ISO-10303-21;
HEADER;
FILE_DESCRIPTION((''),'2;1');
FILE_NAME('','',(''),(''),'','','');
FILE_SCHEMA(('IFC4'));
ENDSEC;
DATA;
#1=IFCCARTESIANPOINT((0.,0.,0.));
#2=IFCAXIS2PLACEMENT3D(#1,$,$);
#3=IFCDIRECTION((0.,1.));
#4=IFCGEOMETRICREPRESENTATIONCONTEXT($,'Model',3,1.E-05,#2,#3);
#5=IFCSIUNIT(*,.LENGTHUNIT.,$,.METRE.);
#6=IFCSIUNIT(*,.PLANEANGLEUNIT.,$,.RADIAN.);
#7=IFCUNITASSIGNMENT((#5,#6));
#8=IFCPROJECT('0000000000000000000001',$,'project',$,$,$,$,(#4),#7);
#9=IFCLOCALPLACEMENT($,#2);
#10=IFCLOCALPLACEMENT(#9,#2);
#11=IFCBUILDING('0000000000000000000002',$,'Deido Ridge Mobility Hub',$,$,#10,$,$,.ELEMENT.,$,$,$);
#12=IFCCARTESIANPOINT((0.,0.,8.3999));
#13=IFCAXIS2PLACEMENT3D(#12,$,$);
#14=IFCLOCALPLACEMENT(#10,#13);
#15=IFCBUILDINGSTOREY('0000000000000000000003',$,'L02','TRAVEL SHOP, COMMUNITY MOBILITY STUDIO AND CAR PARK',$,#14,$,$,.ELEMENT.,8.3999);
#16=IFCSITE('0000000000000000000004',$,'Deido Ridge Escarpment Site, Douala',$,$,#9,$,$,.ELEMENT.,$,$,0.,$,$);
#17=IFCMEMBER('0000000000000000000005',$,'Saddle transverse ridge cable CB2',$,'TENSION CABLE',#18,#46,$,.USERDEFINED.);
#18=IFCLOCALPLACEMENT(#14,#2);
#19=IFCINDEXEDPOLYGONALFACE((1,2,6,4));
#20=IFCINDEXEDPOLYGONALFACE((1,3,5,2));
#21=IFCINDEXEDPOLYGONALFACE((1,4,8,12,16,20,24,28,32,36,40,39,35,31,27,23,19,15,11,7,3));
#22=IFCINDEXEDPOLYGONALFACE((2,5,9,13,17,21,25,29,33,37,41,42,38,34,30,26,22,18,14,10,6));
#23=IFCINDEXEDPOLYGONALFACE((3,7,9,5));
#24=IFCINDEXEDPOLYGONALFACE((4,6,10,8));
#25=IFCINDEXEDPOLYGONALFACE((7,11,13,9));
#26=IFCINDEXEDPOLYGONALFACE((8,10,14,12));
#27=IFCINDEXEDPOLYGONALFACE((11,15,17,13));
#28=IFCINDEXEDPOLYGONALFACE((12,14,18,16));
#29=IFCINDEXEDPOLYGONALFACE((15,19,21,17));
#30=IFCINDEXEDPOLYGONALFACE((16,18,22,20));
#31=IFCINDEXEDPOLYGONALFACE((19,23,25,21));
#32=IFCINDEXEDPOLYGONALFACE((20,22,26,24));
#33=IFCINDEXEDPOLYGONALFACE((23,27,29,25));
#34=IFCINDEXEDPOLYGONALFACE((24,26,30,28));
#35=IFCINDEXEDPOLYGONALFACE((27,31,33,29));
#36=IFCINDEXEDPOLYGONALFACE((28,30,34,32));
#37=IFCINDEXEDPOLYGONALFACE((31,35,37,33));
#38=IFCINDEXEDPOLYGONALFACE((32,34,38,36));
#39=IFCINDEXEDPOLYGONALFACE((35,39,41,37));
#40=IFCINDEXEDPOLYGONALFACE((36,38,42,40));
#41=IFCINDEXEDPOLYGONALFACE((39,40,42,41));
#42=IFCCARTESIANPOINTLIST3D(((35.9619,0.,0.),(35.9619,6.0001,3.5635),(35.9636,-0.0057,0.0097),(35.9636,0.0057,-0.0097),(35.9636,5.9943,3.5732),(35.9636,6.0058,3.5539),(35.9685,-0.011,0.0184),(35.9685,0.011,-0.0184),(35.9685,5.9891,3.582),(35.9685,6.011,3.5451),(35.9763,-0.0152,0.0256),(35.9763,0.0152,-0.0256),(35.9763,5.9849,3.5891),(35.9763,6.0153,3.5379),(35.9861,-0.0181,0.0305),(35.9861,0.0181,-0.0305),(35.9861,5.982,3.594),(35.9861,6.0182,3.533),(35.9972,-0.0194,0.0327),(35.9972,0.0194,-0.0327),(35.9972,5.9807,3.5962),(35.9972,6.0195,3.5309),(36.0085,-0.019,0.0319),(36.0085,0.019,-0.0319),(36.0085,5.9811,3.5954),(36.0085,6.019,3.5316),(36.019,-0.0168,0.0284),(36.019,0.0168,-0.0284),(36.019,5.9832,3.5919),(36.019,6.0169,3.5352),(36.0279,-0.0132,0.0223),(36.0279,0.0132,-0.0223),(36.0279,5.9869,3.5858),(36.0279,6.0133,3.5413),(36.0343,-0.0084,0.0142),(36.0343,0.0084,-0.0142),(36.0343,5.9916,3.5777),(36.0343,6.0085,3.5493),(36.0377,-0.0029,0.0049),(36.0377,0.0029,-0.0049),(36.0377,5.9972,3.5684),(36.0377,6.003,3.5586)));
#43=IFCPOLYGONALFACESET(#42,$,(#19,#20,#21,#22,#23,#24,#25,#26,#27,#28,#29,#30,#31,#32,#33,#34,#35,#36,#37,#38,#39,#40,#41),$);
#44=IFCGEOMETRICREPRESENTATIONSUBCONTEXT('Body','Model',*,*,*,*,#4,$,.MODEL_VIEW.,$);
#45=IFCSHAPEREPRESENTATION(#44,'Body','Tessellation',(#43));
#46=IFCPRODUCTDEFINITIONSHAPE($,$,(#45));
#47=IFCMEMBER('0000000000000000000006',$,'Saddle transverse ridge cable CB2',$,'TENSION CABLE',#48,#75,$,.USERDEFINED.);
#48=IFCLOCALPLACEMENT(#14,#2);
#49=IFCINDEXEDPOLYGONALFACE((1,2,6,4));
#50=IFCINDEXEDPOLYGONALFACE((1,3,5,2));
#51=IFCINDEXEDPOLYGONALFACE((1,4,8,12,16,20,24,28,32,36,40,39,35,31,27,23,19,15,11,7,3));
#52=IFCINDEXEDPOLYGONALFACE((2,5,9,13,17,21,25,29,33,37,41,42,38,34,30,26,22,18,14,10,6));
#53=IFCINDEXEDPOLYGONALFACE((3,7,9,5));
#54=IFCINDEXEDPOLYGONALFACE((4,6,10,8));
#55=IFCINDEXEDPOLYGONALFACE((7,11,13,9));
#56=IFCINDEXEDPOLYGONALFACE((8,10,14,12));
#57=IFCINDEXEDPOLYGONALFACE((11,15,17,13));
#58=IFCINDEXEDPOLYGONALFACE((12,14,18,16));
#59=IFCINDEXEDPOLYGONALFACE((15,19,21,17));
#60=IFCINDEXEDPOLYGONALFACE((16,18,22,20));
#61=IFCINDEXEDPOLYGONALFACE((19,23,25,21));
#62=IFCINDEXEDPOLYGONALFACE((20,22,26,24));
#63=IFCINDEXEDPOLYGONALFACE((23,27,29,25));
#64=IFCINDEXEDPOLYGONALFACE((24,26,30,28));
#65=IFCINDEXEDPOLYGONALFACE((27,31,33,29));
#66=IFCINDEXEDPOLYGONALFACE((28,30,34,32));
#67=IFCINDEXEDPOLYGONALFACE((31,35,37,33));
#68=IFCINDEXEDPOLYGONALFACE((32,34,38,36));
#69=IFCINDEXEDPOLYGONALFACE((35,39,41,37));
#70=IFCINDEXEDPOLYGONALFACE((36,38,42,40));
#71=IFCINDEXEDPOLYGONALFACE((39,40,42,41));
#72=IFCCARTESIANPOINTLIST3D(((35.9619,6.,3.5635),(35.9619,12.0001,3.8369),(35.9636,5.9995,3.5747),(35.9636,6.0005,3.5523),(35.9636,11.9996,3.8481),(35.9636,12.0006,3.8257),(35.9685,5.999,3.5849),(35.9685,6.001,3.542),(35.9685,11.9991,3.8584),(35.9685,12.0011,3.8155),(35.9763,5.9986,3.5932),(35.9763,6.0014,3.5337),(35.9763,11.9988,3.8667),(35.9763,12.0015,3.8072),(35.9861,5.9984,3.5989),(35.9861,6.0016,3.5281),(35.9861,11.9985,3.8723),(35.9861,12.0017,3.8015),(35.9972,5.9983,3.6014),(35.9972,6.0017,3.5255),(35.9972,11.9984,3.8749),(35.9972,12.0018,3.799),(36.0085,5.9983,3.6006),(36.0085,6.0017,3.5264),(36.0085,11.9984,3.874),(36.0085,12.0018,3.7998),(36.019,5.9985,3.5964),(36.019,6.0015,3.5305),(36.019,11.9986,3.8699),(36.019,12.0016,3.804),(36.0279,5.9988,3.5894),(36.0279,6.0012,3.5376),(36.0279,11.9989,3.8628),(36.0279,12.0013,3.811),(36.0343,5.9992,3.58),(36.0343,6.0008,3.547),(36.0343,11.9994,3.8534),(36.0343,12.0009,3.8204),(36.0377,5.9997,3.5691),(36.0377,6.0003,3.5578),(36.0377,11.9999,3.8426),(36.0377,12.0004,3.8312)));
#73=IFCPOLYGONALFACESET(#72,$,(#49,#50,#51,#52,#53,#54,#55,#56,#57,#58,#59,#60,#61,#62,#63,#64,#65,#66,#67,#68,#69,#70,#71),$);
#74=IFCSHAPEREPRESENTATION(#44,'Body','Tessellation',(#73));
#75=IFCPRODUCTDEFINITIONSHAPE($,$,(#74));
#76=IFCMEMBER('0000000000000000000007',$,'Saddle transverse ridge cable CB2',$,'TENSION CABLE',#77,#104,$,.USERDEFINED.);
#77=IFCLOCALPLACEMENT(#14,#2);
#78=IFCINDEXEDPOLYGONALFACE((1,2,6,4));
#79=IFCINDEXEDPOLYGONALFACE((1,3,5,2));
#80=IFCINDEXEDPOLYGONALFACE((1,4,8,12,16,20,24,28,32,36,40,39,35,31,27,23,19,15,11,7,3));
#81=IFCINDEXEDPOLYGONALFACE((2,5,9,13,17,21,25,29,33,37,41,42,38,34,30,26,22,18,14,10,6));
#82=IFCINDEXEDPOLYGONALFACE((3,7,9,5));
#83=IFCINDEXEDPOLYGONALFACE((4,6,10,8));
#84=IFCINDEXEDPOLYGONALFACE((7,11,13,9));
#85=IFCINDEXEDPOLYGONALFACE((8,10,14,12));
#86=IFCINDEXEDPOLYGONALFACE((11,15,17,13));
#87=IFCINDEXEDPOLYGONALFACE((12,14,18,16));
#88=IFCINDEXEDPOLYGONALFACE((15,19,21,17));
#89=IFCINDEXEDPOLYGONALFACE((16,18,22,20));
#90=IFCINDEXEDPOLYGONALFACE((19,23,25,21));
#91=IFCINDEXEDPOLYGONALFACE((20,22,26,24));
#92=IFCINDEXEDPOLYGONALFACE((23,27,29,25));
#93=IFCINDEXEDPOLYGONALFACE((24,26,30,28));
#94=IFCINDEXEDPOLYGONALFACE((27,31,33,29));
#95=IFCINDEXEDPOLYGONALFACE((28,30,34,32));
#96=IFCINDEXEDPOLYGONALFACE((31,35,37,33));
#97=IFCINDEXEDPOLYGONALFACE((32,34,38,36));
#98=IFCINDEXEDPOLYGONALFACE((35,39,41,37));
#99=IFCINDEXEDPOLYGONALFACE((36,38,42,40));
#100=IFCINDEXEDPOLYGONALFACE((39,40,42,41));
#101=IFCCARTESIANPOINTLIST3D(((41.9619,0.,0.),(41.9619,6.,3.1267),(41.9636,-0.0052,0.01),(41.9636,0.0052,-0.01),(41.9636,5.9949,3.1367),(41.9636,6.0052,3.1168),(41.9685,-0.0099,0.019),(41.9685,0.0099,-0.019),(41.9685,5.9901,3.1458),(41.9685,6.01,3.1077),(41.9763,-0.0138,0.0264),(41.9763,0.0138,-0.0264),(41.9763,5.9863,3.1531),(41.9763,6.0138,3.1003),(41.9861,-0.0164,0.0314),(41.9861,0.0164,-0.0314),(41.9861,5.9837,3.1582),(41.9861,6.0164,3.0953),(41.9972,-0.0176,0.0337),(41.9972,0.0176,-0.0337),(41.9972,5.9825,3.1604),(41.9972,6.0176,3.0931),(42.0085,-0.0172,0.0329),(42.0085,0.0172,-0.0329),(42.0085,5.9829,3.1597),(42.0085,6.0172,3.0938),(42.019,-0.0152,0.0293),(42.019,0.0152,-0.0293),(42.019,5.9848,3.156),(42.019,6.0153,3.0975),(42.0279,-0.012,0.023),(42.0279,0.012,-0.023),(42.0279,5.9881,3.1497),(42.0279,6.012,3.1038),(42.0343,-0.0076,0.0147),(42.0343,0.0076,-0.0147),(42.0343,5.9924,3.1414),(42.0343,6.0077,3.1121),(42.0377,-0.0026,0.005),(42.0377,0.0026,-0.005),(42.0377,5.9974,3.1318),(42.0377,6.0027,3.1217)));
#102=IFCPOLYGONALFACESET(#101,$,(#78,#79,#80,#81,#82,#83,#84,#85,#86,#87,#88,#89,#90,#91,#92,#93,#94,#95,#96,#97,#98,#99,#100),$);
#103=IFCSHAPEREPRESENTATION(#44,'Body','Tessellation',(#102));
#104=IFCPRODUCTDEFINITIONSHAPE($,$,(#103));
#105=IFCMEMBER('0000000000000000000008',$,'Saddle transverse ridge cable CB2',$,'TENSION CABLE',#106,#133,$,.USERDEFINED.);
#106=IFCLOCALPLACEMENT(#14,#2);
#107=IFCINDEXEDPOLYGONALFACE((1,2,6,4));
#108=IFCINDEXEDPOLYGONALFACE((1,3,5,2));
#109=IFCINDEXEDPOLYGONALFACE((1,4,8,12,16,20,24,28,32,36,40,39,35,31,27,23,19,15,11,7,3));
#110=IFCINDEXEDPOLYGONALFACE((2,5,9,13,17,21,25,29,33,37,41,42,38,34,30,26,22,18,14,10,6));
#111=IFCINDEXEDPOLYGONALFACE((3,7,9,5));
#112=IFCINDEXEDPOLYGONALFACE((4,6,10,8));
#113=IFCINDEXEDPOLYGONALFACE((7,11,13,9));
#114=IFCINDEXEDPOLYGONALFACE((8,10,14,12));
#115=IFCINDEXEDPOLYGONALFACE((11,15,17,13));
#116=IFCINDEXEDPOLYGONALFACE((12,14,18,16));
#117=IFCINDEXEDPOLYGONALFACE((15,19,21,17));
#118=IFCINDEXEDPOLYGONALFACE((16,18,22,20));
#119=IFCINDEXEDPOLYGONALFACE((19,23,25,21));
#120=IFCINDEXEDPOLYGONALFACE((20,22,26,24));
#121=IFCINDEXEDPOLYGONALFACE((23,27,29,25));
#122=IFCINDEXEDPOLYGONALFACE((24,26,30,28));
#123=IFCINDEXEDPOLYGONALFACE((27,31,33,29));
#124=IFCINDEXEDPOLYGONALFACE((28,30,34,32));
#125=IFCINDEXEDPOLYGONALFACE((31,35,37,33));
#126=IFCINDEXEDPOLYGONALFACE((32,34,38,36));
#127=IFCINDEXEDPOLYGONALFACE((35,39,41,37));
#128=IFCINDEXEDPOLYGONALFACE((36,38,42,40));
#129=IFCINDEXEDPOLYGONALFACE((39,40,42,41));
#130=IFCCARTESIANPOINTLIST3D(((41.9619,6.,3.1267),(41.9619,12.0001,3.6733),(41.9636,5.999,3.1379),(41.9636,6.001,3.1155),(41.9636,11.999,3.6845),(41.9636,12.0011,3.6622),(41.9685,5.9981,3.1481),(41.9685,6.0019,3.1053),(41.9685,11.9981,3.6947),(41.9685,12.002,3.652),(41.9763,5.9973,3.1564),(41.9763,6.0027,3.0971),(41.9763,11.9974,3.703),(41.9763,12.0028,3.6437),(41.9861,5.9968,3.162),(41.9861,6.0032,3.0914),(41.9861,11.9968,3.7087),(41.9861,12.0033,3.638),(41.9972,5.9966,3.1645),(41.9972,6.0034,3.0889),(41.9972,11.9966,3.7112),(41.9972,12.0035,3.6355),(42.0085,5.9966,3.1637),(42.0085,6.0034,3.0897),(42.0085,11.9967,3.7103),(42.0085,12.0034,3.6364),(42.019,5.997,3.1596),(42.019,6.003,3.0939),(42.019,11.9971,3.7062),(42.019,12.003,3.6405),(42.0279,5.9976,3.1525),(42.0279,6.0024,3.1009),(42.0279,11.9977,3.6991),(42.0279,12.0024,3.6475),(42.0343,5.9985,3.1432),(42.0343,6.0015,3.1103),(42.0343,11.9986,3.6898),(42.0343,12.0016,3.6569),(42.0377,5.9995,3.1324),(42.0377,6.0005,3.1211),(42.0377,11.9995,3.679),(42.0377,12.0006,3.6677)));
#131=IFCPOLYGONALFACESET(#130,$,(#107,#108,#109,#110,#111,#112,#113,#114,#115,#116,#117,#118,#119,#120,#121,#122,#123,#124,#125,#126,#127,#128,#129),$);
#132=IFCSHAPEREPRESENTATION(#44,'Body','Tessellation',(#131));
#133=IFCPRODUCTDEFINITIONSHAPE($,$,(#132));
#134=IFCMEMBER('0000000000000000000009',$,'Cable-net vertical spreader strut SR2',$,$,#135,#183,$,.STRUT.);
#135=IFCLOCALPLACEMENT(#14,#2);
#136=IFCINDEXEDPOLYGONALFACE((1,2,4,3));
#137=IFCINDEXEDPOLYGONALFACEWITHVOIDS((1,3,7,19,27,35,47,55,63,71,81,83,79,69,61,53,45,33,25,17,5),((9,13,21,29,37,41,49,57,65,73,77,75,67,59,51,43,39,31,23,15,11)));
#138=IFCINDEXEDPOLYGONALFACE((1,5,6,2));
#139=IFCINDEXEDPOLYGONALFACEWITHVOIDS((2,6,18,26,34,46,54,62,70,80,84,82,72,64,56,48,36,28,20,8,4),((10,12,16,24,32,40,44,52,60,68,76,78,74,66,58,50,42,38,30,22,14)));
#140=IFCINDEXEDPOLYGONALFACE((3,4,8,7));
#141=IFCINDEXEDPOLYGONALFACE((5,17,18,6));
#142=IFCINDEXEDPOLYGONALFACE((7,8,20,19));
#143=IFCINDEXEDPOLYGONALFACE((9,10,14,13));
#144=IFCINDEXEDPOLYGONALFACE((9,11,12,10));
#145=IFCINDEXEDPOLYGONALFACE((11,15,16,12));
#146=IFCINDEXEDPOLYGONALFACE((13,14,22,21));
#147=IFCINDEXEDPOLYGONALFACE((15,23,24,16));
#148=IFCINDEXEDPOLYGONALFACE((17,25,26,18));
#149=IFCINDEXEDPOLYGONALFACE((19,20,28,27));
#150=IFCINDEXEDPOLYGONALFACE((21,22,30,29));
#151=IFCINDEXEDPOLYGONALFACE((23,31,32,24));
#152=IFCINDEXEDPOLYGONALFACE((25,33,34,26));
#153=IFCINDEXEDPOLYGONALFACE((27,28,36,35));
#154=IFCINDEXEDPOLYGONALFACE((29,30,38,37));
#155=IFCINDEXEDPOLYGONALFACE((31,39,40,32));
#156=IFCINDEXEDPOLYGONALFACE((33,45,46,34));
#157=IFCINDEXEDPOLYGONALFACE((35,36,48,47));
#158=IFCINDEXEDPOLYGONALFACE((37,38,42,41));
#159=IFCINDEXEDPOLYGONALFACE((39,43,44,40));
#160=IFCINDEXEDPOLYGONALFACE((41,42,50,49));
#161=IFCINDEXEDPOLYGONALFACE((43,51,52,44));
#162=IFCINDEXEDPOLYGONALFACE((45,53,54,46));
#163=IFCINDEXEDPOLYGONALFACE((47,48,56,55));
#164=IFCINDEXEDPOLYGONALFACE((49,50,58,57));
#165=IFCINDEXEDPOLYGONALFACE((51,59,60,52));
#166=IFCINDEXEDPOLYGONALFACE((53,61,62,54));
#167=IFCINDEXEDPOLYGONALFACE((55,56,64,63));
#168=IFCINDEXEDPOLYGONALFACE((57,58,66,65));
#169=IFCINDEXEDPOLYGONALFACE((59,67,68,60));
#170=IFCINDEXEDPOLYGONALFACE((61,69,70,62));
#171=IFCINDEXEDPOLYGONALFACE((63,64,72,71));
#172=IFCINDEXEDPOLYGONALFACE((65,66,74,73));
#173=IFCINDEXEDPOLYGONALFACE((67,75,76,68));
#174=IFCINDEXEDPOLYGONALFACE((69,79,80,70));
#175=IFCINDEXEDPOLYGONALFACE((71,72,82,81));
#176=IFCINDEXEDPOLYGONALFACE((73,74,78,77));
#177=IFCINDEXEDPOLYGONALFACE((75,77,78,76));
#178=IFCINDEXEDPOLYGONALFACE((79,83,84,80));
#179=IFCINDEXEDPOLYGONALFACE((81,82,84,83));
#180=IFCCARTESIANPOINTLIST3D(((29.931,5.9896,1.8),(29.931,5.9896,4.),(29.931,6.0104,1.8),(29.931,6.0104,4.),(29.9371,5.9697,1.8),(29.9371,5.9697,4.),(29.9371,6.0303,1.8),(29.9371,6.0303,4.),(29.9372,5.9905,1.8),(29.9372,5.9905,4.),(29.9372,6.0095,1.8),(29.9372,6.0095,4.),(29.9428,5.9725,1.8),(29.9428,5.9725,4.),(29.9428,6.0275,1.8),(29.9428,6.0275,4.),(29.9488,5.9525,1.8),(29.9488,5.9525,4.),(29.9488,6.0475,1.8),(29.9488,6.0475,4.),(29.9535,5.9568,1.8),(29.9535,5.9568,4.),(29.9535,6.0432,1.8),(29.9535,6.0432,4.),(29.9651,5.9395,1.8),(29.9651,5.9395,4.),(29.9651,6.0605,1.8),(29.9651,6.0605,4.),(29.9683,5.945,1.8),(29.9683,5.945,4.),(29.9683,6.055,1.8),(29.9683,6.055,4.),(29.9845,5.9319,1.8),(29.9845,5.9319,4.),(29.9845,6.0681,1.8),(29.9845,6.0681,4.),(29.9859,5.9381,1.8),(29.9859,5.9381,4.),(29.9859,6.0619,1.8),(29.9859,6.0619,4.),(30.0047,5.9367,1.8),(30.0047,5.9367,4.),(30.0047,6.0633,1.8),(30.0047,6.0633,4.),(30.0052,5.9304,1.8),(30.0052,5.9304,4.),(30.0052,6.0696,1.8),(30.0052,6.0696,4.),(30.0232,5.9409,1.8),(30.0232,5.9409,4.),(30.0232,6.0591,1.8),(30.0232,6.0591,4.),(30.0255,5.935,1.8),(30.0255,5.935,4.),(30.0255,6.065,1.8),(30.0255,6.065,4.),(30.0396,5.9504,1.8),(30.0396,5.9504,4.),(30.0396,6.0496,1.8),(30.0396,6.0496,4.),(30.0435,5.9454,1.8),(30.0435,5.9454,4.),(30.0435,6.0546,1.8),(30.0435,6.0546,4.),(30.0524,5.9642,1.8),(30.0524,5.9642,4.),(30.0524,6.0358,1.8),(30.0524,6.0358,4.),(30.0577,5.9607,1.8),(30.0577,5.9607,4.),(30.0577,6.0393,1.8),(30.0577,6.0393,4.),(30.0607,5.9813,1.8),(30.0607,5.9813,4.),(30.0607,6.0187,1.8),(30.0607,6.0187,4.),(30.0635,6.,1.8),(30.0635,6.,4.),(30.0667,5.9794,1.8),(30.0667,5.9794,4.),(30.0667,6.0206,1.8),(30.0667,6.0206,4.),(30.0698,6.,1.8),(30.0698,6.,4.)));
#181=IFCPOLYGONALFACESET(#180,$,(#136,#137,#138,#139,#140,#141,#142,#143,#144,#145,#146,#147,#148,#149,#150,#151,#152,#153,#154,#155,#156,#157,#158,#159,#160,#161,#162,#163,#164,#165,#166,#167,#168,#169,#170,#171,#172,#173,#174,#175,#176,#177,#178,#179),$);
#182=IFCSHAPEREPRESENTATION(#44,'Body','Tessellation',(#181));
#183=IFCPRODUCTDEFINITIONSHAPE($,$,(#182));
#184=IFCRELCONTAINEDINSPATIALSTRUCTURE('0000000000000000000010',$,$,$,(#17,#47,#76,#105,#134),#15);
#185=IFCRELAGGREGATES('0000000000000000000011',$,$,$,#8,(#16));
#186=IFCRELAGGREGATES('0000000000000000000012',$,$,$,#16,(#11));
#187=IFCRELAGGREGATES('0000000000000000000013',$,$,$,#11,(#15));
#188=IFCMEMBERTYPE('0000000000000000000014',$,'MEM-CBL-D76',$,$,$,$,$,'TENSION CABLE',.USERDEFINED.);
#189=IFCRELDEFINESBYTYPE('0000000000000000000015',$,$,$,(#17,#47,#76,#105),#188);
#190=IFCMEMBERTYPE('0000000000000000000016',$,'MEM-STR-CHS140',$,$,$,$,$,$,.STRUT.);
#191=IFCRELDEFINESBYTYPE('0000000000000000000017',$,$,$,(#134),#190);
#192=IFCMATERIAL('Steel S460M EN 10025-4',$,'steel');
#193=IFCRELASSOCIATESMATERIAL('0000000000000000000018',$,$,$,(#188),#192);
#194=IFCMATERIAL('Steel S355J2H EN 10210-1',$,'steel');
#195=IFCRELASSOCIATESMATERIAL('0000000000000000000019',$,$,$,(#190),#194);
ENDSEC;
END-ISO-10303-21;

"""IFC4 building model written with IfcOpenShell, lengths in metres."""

from ifc_helpers import new_model, si_unit, direction, frame, origin, origin_2d, place, context, subcontext, project, spatial, circle, hollow_circle, extrude, material, material_profile, profile_set, type_object, element, save


model = new_model("IFC4")

# Units and contexts
model_context = context("Model", 3, precision=1e-05, world=origin(), true_north=direction((0.0, 1.0)))
body_context = subcontext(model_context, "Body", "Model", "MODEL_VIEW")
ifc_project = project(units=[si_unit("LENGTHUNIT", "METRE"), si_unit("PLANEANGLEUNIT", "RADIAN")], contexts=[model_context])

# Site, building, storey
site_placement = place(None, origin())
site = spatial("IfcSite", under=ifc_project, at=site_placement, Name="Deido Ridge Escarpment Site, Douala", CompositionType="ELEMENT", RefElevation=0.0)
building_placement = place(site_placement, origin())
building = spatial("IfcBuilding", under=site, at=building_placement, Name="Deido Ridge Mobility Hub", CompositionType="ELEMENT")
storey_placement = place(building_placement, frame((0.0, 0.0, 8.3999)))
storey = spatial("IfcBuildingStorey", under=building, at=storey_placement, Name="L02", Description="TRAVEL SHOP, COMMUNITY MOBILITY STUDIO AND CAR PARK", CompositionType="ELEMENT", Elevation=8.3999)

# Shared definitions
ifc_material_1 = material(Name="Steel S355J2H EN 10210-1", Category="steel")

# Members
ifc_material_2 = material(Name="Steel S460M EN 10025-4", Category="steel")
ifc_material_profile_1 = material_profile(ifc_material_2, circle(Radius=0.0381, at=origin_2d()), Name="CABLE D76")
ifc_profile_set_1 = profile_set([ifc_material_profile_1], Name="Steel S460M EN 10025-4")
member_type_1 = type_object("IfcMemberType", Name="MEM-CBL-D76", ElementType="TENSION CABLE", PredefinedType="USERDEFINED", material=ifc_profile_set_1)
member_1_placement = place(storey_placement, frame((36.0, 0.0, 0.0), z_axis=(0.0, 0.859793, 0.510642), x_axis=(-1.0, 0.0, 0.0)))
element("IfcMember", 1, at=member_1_placement, inside=storey, type_object=member_type_1, Name="Saddle transverse ridge cable CB2", ObjectType="TENSION CABLE", PredefinedType="USERDEFINED", context=body_context, shape_type="SweptSolid", body=[
    extrude(circle(Radius=0.0381, at=origin_2d()), origin(), (0.0, 0.0, 1.0), 6.9785),
])
member_2_placement = place(storey_placement, frame((36.0, 6.0, 3.5635), z_axis=(0.0, 0.998963, 0.045526), x_axis=(-1.0, 0.0, 0.0)))
element("IfcMember", 2, at=member_2_placement, inside=storey, type_object=member_type_1, Name="Saddle transverse ridge cable CB2", ObjectType="TENSION CABLE", PredefinedType="USERDEFINED", context=body_context, shape_type="SweptSolid", body=[
    extrude(circle(Radius=0.0381, at=origin_2d()), origin(), (0.0, 0.0, 1.0), 6.0063),
])
member_3_placement = place(storey_placement, frame((42.0, 0.0, 0.0), z_axis=(0.0, 0.886811, 0.462133), x_axis=(-1.0, 0.0, 0.0)))
element("IfcMember", 3, at=member_3_placement, inside=storey, type_object=member_type_1, Name="Saddle transverse ridge cable CB2", ObjectType="TENSION CABLE", PredefinedType="USERDEFINED", context=body_context, shape_type="SweptSolid", body=[
    extrude(circle(Radius=0.0381, at=origin_2d()), origin(), (0.0, 0.0, 1.0), 6.7659),
])
member_4_placement = place(storey_placement, frame((42.0, 6.0, 3.1267), z_axis=(0.0, 0.995876, 0.090729), x_axis=(-1.0, 0.0, 0.0)))
element("IfcMember", 4, at=member_4_placement, inside=storey, type_object=member_type_1, Name="Saddle transverse ridge cable CB2", ObjectType="TENSION CABLE", PredefinedType="USERDEFINED", context=body_context, shape_type="SweptSolid", body=[
    extrude(circle(Radius=0.0381, at=origin_2d()), origin(), (0.0, 0.0, 1.0), 6.0249),
])
ifc_material_profile_2 = material_profile(ifc_material_1, hollow_circle(Radius=0.0698, WallThickness=0.0063, at=origin_2d()), Name="CHS 139.7x6.3")
ifc_profile_set_2 = profile_set([ifc_material_profile_2], Name="Steel S355J2H EN 10210-1")
member_type_2 = type_object("IfcMemberType", Name="MEM-STR-CHS140", PredefinedType="STRUT", material=ifc_profile_set_2)
for number, where, z_axis, x_axis, name in (
    (5, (30.0, 6.0, 1.8), (0.0, 0.0, 1.0), (1.0, 0.0, 0.0), "Cable-net vertical spreader strut SR2"),
):
    element("IfcMember", number, at=place(storey_placement, frame(where, z_axis=z_axis, x_axis=x_axis)), inside=storey, type_object=member_type_2, Name=name, PredefinedType="STRUT", context=body_context, shape_type="SweptSolid", body=[
        extrude(hollow_circle(Radius=0.0698, WallThickness=0.0063, at=origin_2d()), origin(), (0.0, 0.0, 1.0), 2.2),
    ])

save(model, "model.ifc")
